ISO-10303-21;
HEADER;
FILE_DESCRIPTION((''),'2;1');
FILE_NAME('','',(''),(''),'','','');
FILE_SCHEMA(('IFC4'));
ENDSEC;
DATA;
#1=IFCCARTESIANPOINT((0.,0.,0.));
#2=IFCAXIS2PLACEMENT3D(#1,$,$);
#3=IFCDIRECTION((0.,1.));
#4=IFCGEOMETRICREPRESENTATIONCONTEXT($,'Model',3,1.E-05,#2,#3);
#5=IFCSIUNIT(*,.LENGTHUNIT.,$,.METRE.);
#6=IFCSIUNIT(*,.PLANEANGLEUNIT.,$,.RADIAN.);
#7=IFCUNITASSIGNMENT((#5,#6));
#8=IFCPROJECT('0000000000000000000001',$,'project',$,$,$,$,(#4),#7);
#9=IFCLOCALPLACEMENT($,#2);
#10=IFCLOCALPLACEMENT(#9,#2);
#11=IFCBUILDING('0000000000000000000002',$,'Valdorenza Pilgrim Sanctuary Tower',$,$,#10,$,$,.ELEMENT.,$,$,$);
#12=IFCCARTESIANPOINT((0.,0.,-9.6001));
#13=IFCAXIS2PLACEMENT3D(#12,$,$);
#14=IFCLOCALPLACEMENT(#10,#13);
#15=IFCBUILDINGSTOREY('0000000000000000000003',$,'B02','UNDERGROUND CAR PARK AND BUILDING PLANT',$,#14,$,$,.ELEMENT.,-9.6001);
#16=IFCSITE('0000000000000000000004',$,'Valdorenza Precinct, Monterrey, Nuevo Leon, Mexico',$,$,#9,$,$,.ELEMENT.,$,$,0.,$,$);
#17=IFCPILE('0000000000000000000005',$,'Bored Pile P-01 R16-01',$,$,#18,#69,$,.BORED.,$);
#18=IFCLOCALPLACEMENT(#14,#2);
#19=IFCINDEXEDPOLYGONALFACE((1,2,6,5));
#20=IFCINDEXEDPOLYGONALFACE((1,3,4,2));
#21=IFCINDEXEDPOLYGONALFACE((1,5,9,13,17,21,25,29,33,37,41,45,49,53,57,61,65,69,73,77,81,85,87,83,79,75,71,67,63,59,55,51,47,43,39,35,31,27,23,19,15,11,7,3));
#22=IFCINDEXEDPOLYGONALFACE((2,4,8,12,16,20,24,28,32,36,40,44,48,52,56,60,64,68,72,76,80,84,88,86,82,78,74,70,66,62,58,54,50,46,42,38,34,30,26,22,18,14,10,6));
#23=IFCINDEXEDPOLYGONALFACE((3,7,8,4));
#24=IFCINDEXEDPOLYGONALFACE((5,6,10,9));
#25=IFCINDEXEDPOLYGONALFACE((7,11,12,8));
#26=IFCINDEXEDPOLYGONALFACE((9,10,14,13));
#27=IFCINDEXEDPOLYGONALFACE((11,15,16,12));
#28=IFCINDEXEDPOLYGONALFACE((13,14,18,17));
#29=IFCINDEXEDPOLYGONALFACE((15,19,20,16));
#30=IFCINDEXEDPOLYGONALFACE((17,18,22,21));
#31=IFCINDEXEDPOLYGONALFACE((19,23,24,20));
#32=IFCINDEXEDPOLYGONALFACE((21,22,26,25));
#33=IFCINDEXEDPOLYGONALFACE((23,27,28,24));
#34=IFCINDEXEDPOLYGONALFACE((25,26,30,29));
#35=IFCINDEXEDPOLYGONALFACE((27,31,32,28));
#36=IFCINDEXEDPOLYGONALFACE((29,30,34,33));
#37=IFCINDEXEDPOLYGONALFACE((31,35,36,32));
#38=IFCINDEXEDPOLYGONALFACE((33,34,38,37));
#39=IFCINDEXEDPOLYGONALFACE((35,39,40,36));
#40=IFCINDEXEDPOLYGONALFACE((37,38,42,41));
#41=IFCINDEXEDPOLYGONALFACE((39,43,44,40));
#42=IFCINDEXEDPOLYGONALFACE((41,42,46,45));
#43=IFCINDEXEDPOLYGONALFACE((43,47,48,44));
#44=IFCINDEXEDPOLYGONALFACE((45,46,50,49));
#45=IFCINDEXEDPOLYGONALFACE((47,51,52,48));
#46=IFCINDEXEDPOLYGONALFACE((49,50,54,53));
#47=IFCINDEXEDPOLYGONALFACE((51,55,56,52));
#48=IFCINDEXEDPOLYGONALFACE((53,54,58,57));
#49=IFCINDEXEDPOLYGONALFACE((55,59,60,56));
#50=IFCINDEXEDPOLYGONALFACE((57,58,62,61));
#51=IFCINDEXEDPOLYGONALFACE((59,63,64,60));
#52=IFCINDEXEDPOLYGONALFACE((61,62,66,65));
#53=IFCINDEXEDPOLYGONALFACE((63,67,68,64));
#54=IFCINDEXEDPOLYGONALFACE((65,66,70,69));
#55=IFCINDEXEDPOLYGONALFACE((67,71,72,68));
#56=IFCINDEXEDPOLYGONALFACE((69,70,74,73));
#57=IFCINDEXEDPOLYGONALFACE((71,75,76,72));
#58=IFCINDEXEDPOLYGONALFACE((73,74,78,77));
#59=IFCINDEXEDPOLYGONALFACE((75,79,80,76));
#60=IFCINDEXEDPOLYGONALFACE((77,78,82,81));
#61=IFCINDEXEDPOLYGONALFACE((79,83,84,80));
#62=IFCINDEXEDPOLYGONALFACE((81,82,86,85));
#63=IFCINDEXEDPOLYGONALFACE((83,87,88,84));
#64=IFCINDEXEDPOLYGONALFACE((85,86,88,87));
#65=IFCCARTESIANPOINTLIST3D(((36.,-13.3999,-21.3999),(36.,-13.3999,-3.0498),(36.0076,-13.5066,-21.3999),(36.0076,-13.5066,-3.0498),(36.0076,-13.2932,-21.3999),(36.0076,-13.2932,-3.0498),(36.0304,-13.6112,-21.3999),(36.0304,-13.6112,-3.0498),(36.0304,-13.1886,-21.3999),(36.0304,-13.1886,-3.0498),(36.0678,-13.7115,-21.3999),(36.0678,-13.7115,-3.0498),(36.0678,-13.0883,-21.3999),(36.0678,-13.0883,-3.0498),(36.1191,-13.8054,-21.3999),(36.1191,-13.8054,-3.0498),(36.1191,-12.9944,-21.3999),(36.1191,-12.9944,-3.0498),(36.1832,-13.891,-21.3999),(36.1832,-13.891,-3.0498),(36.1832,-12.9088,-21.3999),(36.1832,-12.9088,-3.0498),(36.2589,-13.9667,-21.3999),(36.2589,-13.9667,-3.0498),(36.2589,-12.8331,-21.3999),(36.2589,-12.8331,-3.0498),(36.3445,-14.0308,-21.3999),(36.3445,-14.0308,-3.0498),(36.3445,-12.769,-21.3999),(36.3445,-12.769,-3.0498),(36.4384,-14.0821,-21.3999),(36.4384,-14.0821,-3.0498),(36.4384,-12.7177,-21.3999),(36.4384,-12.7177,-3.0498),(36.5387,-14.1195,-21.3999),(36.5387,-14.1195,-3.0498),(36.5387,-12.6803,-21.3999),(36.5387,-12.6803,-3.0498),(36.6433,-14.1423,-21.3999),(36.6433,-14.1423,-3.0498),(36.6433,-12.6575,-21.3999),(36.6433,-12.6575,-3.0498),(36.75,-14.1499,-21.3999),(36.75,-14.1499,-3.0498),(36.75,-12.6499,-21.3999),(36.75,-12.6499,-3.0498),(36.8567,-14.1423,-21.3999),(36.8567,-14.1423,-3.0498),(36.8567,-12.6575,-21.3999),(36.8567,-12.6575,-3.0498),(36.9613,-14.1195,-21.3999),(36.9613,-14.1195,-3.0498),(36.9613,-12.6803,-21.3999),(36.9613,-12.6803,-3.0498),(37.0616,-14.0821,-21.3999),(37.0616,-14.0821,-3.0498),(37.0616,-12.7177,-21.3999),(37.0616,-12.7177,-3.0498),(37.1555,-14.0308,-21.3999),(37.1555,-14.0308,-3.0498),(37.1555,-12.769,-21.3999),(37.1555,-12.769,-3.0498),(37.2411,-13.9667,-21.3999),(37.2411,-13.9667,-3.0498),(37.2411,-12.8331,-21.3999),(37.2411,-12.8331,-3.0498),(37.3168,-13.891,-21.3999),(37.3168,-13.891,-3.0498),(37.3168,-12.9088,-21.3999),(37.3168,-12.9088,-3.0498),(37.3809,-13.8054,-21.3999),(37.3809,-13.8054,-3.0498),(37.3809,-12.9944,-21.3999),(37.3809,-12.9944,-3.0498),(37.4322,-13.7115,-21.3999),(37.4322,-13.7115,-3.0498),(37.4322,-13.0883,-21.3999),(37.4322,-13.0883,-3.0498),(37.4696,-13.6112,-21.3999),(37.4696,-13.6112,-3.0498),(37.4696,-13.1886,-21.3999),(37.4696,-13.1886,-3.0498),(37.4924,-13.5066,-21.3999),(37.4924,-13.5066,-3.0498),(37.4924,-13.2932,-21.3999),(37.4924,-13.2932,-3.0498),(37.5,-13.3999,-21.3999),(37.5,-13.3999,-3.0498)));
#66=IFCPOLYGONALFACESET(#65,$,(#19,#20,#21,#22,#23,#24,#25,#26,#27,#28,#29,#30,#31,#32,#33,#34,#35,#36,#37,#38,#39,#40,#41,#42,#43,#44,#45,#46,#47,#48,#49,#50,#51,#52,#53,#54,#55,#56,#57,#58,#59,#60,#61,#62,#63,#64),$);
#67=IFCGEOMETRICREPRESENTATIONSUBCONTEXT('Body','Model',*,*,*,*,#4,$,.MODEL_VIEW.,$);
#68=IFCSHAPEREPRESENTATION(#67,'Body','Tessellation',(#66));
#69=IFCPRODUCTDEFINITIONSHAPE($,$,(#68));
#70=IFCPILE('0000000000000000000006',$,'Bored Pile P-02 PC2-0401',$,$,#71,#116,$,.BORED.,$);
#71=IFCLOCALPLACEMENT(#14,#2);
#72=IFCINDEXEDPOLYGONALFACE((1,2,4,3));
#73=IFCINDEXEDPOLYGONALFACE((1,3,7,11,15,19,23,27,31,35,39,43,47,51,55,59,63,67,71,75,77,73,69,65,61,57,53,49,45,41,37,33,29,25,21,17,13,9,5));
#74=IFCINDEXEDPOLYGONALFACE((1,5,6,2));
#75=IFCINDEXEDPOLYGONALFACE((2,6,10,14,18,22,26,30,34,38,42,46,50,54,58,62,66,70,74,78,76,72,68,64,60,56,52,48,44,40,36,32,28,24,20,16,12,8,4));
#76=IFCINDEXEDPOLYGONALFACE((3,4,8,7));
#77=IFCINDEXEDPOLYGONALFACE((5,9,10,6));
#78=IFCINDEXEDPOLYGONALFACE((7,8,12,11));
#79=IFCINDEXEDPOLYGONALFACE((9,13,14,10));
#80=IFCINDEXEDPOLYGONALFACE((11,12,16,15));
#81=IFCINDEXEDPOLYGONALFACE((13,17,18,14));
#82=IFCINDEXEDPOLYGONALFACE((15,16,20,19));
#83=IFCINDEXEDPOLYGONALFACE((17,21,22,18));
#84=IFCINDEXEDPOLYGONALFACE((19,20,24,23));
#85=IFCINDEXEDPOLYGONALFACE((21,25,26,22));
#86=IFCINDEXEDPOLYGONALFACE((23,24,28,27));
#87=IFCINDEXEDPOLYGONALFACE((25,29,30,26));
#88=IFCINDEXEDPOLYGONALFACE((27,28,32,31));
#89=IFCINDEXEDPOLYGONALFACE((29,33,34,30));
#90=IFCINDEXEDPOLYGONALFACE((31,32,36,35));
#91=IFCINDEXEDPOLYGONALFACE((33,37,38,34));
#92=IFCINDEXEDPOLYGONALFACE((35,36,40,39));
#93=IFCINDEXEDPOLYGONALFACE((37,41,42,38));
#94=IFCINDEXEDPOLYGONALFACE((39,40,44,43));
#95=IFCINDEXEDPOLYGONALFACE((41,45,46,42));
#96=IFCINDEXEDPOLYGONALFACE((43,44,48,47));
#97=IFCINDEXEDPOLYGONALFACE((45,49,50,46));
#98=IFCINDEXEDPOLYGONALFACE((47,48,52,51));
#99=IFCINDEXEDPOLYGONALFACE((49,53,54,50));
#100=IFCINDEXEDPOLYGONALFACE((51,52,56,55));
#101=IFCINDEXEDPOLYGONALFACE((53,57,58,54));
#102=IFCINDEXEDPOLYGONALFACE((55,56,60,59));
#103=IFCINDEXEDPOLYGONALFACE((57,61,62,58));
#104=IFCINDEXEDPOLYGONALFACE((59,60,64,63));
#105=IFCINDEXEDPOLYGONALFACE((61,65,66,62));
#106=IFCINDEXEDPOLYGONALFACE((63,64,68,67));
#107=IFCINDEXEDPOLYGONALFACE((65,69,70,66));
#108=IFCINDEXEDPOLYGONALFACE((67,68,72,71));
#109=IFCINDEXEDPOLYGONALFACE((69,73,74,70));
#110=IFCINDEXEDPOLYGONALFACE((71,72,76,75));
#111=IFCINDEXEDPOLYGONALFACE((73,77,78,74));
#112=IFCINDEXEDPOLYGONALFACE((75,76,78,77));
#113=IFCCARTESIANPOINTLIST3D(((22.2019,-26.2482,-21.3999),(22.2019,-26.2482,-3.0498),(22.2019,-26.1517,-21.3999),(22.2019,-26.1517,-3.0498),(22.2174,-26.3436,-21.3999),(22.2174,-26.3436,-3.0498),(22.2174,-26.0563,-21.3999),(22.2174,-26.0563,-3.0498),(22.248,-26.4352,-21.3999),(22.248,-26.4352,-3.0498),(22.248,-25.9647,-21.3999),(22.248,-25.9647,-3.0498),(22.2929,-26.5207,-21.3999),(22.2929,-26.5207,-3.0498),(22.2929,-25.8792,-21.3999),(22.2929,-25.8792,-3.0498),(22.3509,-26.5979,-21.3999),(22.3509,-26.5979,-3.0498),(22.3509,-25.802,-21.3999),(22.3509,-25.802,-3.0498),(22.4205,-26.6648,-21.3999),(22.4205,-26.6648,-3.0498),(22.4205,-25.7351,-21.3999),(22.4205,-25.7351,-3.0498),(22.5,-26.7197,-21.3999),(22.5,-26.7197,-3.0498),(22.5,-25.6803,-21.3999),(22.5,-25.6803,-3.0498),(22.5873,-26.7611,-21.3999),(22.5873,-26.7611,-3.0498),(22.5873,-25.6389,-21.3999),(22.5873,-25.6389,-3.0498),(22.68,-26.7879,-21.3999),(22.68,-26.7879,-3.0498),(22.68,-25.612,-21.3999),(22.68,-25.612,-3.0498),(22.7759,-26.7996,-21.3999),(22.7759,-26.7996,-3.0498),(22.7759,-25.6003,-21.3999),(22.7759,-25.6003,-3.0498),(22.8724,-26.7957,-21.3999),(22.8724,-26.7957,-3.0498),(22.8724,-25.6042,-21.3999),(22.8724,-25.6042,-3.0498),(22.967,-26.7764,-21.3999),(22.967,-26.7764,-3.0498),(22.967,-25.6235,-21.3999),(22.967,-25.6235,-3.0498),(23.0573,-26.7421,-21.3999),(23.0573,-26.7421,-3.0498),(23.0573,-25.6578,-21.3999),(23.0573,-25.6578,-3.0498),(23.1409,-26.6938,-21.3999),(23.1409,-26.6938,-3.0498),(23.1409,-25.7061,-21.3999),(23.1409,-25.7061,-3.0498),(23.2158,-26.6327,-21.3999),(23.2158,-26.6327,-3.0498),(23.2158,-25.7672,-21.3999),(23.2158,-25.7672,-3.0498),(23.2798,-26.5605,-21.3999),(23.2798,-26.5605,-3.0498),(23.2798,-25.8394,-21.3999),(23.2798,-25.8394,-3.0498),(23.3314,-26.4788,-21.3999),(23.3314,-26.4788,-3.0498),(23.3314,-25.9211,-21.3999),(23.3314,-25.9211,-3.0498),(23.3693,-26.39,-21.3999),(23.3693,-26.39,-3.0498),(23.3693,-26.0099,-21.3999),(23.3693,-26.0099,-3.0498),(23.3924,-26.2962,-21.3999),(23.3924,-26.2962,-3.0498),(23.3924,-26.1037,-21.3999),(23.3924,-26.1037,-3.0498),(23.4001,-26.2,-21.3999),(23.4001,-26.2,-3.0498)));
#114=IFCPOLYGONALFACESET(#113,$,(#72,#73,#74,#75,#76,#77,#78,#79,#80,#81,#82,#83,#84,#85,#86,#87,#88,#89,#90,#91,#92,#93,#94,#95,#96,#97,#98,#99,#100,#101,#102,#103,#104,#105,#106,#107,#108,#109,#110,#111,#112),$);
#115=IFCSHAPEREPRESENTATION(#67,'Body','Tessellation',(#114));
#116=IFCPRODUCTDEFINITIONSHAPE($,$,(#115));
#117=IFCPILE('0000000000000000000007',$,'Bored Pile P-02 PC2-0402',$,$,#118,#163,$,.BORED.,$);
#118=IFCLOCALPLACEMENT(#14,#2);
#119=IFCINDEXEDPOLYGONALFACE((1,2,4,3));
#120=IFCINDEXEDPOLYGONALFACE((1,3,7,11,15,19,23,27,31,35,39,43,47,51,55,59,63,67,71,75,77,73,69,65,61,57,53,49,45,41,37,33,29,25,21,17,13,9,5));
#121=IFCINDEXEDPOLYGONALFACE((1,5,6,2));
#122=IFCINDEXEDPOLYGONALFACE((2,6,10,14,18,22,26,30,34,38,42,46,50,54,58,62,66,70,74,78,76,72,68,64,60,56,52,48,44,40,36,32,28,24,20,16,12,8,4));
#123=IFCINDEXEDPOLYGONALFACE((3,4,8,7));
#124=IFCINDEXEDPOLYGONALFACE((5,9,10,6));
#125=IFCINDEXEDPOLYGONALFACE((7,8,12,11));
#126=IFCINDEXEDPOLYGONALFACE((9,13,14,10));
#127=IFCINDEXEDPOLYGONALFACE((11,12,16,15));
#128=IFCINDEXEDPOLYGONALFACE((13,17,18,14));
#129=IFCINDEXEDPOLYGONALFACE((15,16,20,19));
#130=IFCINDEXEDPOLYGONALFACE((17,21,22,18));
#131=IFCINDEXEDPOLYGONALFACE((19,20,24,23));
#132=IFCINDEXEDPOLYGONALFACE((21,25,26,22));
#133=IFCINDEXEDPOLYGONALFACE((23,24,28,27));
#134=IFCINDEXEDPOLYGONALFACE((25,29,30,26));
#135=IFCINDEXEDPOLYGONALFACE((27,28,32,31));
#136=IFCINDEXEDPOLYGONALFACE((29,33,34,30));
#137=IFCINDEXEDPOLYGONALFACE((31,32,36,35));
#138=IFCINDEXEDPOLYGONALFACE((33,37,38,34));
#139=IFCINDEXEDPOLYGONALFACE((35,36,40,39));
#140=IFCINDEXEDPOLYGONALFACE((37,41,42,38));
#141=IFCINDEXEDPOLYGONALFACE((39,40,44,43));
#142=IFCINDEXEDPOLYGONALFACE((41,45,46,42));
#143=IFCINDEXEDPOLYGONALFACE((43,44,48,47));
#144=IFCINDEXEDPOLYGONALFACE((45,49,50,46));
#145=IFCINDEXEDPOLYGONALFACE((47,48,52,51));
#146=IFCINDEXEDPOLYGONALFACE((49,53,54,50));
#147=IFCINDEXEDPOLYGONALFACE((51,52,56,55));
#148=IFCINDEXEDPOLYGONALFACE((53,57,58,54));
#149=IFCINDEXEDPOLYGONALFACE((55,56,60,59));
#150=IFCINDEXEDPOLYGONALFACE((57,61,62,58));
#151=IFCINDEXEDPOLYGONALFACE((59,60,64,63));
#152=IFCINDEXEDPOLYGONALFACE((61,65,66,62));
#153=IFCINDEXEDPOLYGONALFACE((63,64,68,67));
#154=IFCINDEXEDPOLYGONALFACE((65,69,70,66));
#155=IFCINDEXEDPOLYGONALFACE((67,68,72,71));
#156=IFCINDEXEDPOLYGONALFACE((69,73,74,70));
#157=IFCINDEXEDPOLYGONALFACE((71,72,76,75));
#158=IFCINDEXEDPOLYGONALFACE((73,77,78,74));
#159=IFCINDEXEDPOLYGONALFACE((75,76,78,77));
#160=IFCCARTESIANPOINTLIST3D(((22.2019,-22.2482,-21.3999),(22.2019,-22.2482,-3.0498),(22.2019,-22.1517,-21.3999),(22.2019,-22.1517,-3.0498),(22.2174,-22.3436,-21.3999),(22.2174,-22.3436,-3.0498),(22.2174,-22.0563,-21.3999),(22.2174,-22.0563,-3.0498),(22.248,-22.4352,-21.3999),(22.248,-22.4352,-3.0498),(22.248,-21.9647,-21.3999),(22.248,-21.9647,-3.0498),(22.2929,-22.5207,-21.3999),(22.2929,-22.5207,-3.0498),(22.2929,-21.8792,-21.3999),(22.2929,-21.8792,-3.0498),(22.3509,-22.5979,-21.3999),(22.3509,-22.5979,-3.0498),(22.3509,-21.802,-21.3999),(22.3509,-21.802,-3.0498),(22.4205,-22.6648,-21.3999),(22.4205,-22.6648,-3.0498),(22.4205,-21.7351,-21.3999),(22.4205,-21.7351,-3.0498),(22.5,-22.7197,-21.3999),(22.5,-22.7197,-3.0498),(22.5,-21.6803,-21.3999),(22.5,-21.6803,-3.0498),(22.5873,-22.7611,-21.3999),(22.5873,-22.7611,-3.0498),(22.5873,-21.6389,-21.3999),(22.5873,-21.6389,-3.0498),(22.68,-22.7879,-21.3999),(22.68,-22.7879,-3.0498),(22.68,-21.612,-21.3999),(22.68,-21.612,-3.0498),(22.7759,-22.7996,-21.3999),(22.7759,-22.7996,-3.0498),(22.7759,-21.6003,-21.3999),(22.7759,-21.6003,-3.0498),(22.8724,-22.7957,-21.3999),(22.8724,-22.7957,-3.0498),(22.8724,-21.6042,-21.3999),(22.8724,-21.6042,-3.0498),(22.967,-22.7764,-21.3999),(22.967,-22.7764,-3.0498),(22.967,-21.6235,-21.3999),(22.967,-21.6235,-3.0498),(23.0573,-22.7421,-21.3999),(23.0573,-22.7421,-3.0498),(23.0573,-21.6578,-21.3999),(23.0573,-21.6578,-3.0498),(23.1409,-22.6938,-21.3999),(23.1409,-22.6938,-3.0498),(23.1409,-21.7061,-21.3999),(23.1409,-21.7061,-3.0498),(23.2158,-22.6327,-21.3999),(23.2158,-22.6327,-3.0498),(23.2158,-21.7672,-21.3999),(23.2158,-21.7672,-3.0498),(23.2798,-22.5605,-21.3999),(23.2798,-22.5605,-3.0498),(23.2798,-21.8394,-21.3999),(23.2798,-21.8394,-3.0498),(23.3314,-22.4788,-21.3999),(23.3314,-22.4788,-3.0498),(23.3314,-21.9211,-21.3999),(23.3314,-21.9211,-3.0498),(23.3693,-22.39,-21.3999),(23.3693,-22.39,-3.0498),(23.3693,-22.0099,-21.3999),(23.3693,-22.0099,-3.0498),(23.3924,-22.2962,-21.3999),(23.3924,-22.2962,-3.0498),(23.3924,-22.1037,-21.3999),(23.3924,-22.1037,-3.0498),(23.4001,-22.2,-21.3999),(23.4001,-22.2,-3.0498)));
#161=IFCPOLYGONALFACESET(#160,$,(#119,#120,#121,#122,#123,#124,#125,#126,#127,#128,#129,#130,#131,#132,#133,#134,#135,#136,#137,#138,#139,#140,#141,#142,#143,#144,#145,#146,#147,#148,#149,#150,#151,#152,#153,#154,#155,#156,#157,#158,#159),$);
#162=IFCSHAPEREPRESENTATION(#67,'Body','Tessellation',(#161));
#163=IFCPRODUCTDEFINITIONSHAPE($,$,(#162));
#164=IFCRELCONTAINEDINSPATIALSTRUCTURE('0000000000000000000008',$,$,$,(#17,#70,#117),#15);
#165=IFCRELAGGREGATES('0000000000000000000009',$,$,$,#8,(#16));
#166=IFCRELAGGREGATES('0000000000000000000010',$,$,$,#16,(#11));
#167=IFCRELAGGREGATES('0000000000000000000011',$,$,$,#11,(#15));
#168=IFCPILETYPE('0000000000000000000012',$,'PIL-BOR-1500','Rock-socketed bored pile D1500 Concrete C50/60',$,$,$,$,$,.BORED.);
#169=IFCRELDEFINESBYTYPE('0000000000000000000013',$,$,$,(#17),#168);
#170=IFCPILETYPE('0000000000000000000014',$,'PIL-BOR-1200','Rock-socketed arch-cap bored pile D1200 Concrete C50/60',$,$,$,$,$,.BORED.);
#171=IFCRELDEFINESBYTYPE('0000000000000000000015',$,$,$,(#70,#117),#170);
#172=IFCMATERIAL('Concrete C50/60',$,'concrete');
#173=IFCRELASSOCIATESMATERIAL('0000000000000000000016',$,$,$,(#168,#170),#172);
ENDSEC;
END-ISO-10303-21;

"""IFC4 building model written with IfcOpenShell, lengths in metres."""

from ifc_helpers import new_model, si_unit, direction, frame, origin, origin_2d, place, context, subcontext, project, spatial, circle, extrude, source, transform, mapped, material, material_profile, profile_set, type_object, element, save


model = new_model("IFC4")

# Units and contexts
model_context = context("Model", 3, precision=1e-05, world=origin(), true_north=direction((0.0, 1.0)))
body_context = subcontext(model_context, "Body", "Model", "MODEL_VIEW")
ifc_project = project(units=[si_unit("LENGTHUNIT", "METRE"), si_unit("PLANEANGLEUNIT", "RADIAN")], contexts=[model_context])

# Site, building, storey
site_placement = place(None, origin())
site = spatial("IfcSite", under=ifc_project, at=site_placement, Name="Valdorenza Precinct, Monterrey, Nuevo Leon, Mexico", CompositionType="ELEMENT", RefElevation=0.0)
building_placement = place(site_placement, origin())
building = spatial("IfcBuilding", under=site, at=building_placement, Name="Valdorenza Pilgrim Sanctuary Tower", CompositionType="ELEMENT")
storey_placement = place(building_placement, frame((0.0, 0.0, -9.6001)))
storey = spatial("IfcBuildingStorey", under=building, at=storey_placement, Name="B02", Description="UNDERGROUND CAR PARK AND BUILDING PLANT", CompositionType="ELEMENT", Elevation=-9.6001)

# Shared definitions
ifc_material_1 = material(Name="Concrete C50/60", Category="concrete")

# Piles
ifc_material_profile_1 = material_profile(ifc_material_1, circle(Radius=0.75, at=origin_2d()), Name="BORED PILE 1500")
ifc_profile_set_1 = profile_set([ifc_material_profile_1], Name="Concrete C50/60")
pile_type_1 = type_object("IfcPileType", Name="PIL-BOR-1500", Description="Rock-socketed bored pile D1500 Concrete C50/60", PredefinedType="BORED", material=ifc_profile_set_1)
shared_shape_1 = source(origin(), body_context, "Body", "SweptSolid", [
    extrude(circle(Radius=0.75, at=origin_2d()), origin(), (0.0, 0.0, 1.0), 18.3501),
])
for number, where, z_axis, x_axis, name in (
    (1, (36.75, -13.3999, -3.0498), (0.0, 0.0, -1.0), (1.0, 0.0, 0.0), "Bored Pile P-01 R16-01"),
):
    element("IfcPile", number, at=place(storey_placement, frame(where, z_axis=z_axis, x_axis=x_axis)), inside=storey, type_object=pile_type_1, Name=name, PredefinedType="BORED", context=body_context, shape_type="MappedRepresentation", body=[
        mapped(shared_shape_1, transform((0.0, 0.0, 0.0), x_axis=(1.0, 0.0, 0.0), y_axis=(0.0, 1.0, 0.0), z_axis=(0.0, 0.0, 1.0), scale=1.0)),
    ])
ifc_material_profile_2 = material_profile(ifc_material_1, circle(Radius=0.6001, at=origin_2d()), Name="BORED PILE 1200")
ifc_profile_set_2 = profile_set([ifc_material_profile_2], Name="Concrete C50/60")
pile_type_2 = type_object("IfcPileType", Name="PIL-BOR-1200", Description="Rock-socketed arch-cap bored pile D1200 Concrete C50/60", PredefinedType="BORED", material=ifc_profile_set_2)
shared_shape_2 = source(origin(), body_context, "Body", "SweptSolid", [
    extrude(circle(Radius=0.6001, at=origin_2d()), origin(), (0.0, 0.0, 1.0), 18.3501),
])
for number, where, z_axis, x_axis, name in (
    (2, (22.8, -26.2, -3.0498), (0.0, 0.0, -1.0), (1.0, 0.0, 0.0), "Bored Pile P-02 PC2-0401"),
    (3, (22.8, -22.2, -3.0498), (0.0, 0.0, -1.0), (1.0, 0.0, 0.0), "Bored Pile P-02 PC2-0402"),
):
    element("IfcPile", number, at=place(storey_placement, frame(where, z_axis=z_axis, x_axis=x_axis)), inside=storey, type_object=pile_type_2, Name=name, PredefinedType="BORED", context=body_context, shape_type="MappedRepresentation", body=[
        mapped(shared_shape_2, transform((0.0, 0.0, 0.0), x_axis=(1.0, 0.0, 0.0), y_axis=(0.0, 1.0, 0.0), z_axis=(0.0, 0.0, 1.0), scale=1.0)),
    ])

save(model, "model.ifc")
